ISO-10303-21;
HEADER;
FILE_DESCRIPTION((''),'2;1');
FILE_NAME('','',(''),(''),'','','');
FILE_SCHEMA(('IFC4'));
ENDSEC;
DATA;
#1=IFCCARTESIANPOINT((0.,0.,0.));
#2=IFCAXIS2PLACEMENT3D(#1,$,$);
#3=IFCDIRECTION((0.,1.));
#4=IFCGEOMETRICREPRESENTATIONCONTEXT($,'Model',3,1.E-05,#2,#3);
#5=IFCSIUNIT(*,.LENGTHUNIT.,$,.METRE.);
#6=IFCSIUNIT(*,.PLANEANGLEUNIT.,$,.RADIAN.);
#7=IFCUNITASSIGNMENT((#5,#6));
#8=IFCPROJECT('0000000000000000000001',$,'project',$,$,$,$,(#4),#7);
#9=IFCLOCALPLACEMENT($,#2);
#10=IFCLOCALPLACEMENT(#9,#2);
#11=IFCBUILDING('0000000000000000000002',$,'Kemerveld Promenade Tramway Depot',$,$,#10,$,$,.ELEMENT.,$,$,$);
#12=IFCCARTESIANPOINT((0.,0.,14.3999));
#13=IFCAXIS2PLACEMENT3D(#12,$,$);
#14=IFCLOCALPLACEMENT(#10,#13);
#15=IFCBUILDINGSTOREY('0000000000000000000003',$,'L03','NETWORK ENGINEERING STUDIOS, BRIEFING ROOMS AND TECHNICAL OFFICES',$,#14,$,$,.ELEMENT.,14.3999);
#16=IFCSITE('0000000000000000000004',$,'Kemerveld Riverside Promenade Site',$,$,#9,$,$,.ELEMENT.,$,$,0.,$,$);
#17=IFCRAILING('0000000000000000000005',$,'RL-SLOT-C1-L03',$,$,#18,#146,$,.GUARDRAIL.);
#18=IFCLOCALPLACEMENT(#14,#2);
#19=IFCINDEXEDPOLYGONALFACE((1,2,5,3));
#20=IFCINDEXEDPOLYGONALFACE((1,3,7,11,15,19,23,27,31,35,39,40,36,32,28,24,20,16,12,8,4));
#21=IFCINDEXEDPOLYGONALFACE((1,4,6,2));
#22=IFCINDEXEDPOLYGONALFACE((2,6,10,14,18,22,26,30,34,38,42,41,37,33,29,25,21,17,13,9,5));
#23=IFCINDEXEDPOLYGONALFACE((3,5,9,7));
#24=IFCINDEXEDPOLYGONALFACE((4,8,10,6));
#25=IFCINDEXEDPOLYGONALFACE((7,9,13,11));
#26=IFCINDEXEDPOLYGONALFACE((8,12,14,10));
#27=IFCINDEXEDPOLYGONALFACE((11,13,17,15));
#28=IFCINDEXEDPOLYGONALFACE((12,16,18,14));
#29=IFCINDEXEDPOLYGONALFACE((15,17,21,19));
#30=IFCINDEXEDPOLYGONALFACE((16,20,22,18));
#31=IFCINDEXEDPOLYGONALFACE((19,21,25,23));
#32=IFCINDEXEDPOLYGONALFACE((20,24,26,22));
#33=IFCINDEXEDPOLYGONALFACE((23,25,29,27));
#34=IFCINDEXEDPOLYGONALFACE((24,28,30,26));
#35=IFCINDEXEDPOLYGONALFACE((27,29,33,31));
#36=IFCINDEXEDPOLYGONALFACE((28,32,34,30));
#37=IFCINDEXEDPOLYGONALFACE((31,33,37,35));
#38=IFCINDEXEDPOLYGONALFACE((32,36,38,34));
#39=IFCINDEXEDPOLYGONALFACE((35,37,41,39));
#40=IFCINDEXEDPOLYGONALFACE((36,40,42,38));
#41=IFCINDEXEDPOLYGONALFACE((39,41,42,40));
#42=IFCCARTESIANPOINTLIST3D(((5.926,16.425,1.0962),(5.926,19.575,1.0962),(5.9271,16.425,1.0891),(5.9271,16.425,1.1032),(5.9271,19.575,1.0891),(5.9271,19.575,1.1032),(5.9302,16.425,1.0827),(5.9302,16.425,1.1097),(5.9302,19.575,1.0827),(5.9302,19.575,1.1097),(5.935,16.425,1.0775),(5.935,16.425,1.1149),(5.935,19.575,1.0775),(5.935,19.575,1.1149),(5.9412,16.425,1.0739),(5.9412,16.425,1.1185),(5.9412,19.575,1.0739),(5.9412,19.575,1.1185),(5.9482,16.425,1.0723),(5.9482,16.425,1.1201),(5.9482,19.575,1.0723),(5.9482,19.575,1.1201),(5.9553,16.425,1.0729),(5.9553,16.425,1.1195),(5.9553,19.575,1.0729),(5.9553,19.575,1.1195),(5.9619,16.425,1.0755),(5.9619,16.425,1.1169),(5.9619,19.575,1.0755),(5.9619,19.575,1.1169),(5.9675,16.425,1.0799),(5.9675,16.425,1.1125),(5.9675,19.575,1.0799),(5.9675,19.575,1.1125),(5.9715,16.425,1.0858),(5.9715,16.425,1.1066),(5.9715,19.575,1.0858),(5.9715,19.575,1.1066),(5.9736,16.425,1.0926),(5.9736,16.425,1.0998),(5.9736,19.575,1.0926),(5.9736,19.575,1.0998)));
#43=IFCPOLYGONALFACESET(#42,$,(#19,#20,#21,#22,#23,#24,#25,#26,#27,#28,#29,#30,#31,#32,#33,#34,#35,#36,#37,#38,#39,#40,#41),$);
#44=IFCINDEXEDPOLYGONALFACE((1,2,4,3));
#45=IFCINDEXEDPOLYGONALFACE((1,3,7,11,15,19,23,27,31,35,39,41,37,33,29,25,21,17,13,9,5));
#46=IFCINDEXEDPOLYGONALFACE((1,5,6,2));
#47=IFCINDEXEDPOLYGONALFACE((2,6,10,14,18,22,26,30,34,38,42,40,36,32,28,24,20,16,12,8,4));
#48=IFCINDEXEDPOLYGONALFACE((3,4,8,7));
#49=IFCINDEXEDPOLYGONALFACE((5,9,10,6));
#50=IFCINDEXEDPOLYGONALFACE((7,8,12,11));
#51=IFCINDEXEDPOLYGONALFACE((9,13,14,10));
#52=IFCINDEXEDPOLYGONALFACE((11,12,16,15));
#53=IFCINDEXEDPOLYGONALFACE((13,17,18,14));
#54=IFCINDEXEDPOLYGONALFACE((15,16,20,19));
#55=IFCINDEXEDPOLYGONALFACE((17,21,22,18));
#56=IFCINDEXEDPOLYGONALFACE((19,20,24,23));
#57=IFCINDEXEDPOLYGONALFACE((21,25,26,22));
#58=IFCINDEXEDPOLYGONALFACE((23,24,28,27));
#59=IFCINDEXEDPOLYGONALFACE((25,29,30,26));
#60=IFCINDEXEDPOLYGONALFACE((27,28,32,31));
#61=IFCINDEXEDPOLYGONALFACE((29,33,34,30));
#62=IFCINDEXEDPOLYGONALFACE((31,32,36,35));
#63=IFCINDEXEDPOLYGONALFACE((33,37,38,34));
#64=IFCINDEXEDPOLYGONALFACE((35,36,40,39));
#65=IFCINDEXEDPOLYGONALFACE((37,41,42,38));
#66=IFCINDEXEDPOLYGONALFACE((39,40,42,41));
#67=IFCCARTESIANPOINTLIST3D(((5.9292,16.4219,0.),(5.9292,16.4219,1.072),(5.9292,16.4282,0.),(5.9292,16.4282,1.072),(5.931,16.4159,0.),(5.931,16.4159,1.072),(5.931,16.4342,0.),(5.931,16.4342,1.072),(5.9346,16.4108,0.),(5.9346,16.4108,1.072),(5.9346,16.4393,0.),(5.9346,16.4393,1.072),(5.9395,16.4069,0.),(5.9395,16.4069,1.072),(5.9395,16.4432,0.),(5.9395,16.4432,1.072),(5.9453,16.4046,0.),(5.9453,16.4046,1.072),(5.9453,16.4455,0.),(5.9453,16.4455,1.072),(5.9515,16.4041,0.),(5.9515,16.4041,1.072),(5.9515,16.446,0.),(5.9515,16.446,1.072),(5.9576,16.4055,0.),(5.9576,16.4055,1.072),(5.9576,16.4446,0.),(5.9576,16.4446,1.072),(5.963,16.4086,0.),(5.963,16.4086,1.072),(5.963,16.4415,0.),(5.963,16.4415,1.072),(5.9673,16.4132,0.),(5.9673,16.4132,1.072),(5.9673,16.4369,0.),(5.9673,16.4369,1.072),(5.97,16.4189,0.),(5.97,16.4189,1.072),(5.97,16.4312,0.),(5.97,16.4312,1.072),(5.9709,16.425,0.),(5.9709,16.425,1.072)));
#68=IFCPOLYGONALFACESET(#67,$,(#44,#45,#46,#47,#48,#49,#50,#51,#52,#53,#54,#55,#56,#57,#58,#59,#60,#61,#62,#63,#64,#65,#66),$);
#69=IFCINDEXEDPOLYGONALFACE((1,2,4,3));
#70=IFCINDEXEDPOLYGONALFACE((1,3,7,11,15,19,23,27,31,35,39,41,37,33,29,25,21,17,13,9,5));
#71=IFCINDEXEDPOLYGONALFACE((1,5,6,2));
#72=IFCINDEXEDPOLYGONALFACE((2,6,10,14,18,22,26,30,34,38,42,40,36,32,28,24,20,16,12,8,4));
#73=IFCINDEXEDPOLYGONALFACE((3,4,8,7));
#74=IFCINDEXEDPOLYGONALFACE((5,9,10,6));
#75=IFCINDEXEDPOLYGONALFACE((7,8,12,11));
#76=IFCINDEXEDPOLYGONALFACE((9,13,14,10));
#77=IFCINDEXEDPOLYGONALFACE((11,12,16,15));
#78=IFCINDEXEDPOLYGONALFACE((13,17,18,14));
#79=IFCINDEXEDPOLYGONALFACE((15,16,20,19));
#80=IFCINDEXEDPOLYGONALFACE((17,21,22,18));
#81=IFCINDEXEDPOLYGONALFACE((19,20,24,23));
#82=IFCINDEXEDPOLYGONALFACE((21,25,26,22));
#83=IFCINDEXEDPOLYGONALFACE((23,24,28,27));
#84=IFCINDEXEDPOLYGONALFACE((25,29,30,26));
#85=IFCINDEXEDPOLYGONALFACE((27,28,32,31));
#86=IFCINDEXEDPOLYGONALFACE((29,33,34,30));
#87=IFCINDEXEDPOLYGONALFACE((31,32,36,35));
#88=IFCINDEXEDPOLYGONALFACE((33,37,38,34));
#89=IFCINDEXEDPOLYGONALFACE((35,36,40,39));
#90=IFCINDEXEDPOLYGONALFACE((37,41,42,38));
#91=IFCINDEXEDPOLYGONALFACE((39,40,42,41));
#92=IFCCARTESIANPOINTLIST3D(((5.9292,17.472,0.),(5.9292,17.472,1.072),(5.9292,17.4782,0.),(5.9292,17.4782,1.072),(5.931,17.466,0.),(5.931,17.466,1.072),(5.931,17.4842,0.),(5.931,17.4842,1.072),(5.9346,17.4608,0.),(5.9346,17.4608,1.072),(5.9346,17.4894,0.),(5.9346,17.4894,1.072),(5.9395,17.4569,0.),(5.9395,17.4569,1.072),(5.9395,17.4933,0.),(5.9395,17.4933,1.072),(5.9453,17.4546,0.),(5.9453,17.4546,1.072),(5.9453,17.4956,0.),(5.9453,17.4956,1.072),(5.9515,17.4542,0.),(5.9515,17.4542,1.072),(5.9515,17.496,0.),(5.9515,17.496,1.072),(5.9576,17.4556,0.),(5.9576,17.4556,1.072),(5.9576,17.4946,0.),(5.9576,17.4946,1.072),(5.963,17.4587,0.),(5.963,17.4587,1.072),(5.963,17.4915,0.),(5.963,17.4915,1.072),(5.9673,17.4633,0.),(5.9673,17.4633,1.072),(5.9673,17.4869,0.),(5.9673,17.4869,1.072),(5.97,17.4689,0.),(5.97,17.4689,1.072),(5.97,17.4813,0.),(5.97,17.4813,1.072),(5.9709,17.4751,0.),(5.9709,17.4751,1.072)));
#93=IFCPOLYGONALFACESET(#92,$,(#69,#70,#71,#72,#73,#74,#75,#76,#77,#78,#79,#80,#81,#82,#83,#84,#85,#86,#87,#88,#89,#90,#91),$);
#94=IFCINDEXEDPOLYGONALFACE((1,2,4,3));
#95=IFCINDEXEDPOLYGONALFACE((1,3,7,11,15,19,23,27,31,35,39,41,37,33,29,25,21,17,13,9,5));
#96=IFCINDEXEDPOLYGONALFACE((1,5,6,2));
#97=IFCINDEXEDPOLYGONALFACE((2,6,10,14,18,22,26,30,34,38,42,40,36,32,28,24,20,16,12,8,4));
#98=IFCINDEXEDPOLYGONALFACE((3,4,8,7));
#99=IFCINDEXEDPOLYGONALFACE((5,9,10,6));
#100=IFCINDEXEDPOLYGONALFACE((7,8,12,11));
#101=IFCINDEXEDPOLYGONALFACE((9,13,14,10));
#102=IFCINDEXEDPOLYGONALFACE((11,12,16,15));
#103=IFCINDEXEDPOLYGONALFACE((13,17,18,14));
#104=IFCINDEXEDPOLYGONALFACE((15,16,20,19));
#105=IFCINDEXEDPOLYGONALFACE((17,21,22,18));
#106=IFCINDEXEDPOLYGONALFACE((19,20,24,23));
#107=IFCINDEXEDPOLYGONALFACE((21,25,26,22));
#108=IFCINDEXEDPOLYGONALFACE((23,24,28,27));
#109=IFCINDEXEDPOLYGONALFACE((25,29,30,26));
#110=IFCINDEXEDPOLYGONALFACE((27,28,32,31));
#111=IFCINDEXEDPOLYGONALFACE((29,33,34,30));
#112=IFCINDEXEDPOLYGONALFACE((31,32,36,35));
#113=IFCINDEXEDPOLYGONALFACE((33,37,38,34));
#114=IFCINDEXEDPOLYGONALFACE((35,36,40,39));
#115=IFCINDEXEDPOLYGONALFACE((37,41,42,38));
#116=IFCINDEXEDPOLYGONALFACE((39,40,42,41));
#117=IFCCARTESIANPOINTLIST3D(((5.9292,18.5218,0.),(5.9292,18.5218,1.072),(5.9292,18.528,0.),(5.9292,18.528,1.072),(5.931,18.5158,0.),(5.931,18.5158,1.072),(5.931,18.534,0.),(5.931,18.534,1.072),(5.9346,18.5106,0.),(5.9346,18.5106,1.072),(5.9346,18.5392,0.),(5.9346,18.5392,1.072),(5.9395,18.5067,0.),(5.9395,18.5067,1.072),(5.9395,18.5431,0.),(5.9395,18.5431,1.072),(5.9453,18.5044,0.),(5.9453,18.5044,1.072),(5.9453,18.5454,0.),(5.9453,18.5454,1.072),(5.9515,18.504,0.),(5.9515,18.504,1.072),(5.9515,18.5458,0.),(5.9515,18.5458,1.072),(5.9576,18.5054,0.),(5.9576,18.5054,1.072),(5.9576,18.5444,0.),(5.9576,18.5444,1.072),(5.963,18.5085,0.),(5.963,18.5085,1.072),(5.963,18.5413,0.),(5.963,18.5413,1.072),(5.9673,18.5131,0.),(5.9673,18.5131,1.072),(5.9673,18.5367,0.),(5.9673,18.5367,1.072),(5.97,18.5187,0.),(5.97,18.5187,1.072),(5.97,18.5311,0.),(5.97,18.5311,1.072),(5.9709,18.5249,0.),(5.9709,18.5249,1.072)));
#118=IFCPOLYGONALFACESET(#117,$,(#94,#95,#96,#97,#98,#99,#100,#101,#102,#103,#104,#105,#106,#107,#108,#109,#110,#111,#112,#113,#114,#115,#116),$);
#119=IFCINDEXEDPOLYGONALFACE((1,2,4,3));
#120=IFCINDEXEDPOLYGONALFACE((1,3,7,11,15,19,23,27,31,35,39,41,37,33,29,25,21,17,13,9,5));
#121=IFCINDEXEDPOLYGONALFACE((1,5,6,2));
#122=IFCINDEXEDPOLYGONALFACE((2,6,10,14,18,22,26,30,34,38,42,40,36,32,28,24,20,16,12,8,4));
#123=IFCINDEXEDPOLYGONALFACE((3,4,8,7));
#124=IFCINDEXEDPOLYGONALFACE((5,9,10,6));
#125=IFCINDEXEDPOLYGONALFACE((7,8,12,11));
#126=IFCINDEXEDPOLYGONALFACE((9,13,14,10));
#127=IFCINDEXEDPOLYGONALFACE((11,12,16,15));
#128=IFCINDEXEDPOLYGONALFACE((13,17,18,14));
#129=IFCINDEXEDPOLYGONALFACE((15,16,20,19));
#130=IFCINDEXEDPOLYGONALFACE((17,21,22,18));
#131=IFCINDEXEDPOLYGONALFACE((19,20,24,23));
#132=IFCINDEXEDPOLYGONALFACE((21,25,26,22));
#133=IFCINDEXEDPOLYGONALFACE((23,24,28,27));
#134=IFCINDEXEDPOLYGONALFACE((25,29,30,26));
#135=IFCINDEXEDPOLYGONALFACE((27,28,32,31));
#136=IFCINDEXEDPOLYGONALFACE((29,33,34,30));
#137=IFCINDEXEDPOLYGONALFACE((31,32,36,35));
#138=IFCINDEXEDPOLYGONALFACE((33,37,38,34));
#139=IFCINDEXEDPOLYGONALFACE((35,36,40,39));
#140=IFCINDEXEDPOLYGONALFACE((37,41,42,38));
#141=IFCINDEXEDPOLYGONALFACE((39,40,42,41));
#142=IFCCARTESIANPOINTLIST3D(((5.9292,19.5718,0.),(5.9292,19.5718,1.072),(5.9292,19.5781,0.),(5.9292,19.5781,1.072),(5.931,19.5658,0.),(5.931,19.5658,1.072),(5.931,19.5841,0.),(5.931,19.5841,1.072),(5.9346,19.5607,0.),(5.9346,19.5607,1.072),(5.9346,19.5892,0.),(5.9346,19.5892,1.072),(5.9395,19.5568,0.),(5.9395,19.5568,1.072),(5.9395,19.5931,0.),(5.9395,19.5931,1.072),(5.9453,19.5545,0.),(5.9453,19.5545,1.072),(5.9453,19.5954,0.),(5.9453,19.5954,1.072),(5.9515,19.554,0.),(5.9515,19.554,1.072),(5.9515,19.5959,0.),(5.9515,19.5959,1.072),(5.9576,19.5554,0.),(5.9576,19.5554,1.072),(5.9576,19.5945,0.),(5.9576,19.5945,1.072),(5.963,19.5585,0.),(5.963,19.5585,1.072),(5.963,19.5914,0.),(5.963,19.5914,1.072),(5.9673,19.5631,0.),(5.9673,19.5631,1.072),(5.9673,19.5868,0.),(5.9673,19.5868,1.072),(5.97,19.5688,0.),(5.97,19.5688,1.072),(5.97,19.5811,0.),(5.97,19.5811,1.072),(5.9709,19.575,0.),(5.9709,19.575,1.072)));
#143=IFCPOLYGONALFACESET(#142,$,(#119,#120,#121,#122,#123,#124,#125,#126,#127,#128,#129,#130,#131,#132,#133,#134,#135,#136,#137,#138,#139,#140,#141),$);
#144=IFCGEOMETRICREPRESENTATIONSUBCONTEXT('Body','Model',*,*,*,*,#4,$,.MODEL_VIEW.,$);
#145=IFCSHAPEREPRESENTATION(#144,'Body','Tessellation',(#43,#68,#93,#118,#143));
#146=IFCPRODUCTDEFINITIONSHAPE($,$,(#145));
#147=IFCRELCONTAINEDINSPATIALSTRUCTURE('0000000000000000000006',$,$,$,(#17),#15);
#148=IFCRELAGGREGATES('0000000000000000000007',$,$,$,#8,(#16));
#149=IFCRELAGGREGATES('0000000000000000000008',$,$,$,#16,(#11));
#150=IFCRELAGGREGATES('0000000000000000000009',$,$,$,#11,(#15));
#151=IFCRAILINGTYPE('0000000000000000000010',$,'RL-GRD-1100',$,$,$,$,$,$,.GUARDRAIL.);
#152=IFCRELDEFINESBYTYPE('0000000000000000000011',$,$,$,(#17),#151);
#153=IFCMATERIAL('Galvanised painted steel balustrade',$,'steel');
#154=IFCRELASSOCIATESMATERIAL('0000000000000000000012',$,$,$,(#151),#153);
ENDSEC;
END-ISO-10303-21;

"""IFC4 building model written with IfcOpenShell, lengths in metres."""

from ifc_helpers import new_model, si_unit, direction, frame, origin, origin_2d, place, context, subcontext, project, spatial, circle, extrude, material, type_object, element, save


model = new_model("IFC4")

# Units and contexts
model_context = context("Model", 3, precision=1e-05, world=origin(), true_north=direction((0.0, 1.0)))
body_context = subcontext(model_context, "Body", "Model", "MODEL_VIEW")
ifc_project = project(units=[si_unit("LENGTHUNIT", "METRE"), si_unit("PLANEANGLEUNIT", "RADIAN")], contexts=[model_context])

# Site, building, storey
site_placement = place(None, origin())
site = spatial("IfcSite", under=ifc_project, at=site_placement, Name="Kemerveld Riverside Promenade Site", CompositionType="ELEMENT", RefElevation=0.0)
building_placement = place(site_placement, origin())
building = spatial("IfcBuilding", under=site, at=building_placement, Name="Kemerveld Promenade Tramway Depot", CompositionType="ELEMENT")
storey_placement = place(building_placement, frame((0.0, 0.0, 14.3999)))
storey = spatial("IfcBuildingStorey", under=building, at=storey_placement, Name="L03", Description="NETWORK ENGINEERING STUDIOS, BRIEFING ROOMS AND TECHNICAL OFFICES", CompositionType="ELEMENT", Elevation=14.3999)

# Railing
ifc_material_1 = material(Name="Galvanised painted steel balustrade", Category="steel")
railing_type_1 = type_object("IfcRailingType", Name="RL-GRD-1100", PredefinedType="GUARDRAIL", material=ifc_material_1)
railing_1_placement = place(storey_placement, frame((5.95, 16.425, 0.0)))
element("IfcRailing", 1, at=railing_1_placement, inside=storey, type_object=railing_type_1, Name="RL-SLOT-C1-L03", PredefinedType="GUARDRAIL", context=body_context, shape_type="SweptSolid", body=[
    extrude(circle(Radius=0.0239, at=origin_2d()), frame((0.0, 0.0, 1.0962), z_axis=(0.0, 1.0, 0.0), x_axis=(-1.0, 0.0, 0.0)), (0.0, 0.0, 1.0), 3.1499),
    extrude(circle(Radius=0.021, at=origin_2d()), origin(), (0.0, 0.0, 1.0), 1.072),
    extrude(circle(Radius=0.021, at=origin_2d()), frame((0.0, 1.05, 0.0)), (0.0, 0.0, 1.0), 1.072),
    extrude(circle(Radius=0.021, at=origin_2d()), frame((0.0, 2.0999, 0.0)), (0.0, 0.0, 1.0), 1.072),
    extrude(circle(Radius=0.021, at=origin_2d()), frame((0.0, 3.1499, 0.0)), (0.0, 0.0, 1.0), 1.072),
])

save(model, "model.ifc")
